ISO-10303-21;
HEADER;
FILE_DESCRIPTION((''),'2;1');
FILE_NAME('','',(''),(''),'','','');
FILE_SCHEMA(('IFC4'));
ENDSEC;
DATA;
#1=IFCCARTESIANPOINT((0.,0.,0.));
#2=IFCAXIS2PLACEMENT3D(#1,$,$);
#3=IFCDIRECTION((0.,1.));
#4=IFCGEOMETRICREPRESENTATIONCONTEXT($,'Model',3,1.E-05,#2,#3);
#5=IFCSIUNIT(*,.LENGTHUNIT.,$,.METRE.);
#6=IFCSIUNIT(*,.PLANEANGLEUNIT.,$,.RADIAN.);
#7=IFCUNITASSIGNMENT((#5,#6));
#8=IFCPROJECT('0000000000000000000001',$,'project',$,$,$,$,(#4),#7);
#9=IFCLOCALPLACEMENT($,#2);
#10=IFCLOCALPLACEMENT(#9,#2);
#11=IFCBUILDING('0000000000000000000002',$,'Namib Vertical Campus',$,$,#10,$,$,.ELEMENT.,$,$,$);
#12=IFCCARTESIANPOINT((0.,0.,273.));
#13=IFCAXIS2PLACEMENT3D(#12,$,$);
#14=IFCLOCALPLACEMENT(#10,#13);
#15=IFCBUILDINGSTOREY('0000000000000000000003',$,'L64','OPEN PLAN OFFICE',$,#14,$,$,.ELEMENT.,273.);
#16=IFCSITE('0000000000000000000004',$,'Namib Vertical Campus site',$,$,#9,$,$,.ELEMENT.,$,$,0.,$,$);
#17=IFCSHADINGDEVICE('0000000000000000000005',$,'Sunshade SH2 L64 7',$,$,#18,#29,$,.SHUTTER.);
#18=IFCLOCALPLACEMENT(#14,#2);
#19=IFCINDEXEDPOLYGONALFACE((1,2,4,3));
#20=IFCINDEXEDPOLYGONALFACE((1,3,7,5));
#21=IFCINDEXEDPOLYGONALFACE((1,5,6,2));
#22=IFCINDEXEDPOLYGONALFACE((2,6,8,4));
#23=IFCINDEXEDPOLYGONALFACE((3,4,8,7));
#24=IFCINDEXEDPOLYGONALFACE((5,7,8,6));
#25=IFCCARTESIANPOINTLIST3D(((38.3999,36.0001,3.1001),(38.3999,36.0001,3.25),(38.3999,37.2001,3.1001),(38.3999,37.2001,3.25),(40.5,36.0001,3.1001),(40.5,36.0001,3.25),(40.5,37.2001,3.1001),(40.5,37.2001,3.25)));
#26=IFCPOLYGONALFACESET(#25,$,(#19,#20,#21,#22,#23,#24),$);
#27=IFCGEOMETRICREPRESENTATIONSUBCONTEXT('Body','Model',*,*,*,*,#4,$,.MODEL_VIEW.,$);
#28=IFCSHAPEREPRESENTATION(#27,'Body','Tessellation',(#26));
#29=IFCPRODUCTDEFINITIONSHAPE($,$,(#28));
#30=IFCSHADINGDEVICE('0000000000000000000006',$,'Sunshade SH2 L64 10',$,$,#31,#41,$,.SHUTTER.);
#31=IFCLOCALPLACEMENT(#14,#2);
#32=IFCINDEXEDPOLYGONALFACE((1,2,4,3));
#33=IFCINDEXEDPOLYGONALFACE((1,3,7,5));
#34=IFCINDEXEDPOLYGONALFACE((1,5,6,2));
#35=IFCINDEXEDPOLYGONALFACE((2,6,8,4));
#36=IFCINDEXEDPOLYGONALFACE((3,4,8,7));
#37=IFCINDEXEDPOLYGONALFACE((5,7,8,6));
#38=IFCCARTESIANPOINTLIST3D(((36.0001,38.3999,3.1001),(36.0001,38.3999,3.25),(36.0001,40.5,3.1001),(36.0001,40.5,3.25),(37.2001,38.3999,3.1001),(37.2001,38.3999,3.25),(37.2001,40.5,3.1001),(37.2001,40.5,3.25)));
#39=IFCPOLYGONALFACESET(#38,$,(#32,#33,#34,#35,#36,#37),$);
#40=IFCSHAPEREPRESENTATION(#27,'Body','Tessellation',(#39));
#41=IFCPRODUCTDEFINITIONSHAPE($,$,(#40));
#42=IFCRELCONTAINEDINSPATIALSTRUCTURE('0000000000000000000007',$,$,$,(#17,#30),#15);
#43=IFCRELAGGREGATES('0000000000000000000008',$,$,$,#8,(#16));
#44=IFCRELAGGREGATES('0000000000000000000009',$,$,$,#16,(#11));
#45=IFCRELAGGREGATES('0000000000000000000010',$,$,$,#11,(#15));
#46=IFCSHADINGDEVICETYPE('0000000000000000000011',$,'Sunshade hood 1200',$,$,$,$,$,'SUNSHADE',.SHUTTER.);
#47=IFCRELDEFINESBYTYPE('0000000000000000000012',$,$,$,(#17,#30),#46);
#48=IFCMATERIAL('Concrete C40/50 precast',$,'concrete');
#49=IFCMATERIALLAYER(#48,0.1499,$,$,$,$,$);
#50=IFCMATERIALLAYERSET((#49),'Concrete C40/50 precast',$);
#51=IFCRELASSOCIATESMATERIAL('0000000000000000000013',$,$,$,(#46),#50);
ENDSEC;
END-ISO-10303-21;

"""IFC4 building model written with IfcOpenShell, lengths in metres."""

from ifc_helpers import new_model, si_unit, direction, frame, origin, origin_2d, place, context, subcontext, project, spatial, rectangle, extrude, material, layer, layer_set, type_object, element, save


model = new_model("IFC4")

# Units and contexts
model_context = context("Model", 3, precision=1e-05, world=origin(), true_north=direction((0.0, 1.0)))
body_context = subcontext(model_context, "Body", "Model", "MODEL_VIEW")
ifc_project = project(units=[si_unit("LENGTHUNIT", "METRE"), si_unit("PLANEANGLEUNIT", "RADIAN")], contexts=[model_context])

# Site, building, storey
site_placement = place(None, origin())
site = spatial("IfcSite", under=ifc_project, at=site_placement, Name="Namib Vertical Campus site", CompositionType="ELEMENT", RefElevation=0.0)
building_placement = place(site_placement, origin())
building = spatial("IfcBuilding", under=site, at=building_placement, Name="Namib Vertical Campus", CompositionType="ELEMENT")
storey_placement = place(building_placement, frame((0.0, 0.0, 273.0)))
storey = spatial("IfcBuildingStorey", under=building, at=storey_placement, Name="L64", Description="OPEN PLAN OFFICE", CompositionType="ELEMENT", Elevation=273.0)

# Shading devices
ifc_material_1 = material(Name="Concrete C40/50 precast", Category="concrete")
ifc_layer_1 = layer(ifc_material_1, 0.1499)
ifc_layer_set_1 = layer_set([ifc_layer_1], Name="Concrete C40/50 precast")
shading_device_type = type_object("IfcShadingDeviceType", Name="Sunshade hood 1200", ElementType="SUNSHADE", PredefinedType="SHUTTER", material=ifc_layer_set_1)
for number, where, z_axis, x_axis, name in (
    (1, (39.45, 36.6001, 3.1001), (0.0, 0.0, 1.0), (-1.0, 0.0, 0.0), "Sunshade SH2 L64 7"),
    (2, (36.6001, 39.45, 3.1001), (0.0, 0.0, 1.0), (0.0, 1.0, 0.0), "Sunshade SH2 L64 10"),
):
    element("IfcShadingDevice", number, at=place(storey_placement, frame(where, z_axis=z_axis, x_axis=x_axis)), inside=storey, type_object=shading_device_type, Name=name, PredefinedType="SHUTTER", context=body_context, shape_type="SweptSolid", body=[
        extrude(rectangle(XDim=2.1001, YDim=1.2, at=origin_2d()), origin(), (0.0, 0.0, 1.0), 0.1499),
    ])

save(model, "model.ifc")
